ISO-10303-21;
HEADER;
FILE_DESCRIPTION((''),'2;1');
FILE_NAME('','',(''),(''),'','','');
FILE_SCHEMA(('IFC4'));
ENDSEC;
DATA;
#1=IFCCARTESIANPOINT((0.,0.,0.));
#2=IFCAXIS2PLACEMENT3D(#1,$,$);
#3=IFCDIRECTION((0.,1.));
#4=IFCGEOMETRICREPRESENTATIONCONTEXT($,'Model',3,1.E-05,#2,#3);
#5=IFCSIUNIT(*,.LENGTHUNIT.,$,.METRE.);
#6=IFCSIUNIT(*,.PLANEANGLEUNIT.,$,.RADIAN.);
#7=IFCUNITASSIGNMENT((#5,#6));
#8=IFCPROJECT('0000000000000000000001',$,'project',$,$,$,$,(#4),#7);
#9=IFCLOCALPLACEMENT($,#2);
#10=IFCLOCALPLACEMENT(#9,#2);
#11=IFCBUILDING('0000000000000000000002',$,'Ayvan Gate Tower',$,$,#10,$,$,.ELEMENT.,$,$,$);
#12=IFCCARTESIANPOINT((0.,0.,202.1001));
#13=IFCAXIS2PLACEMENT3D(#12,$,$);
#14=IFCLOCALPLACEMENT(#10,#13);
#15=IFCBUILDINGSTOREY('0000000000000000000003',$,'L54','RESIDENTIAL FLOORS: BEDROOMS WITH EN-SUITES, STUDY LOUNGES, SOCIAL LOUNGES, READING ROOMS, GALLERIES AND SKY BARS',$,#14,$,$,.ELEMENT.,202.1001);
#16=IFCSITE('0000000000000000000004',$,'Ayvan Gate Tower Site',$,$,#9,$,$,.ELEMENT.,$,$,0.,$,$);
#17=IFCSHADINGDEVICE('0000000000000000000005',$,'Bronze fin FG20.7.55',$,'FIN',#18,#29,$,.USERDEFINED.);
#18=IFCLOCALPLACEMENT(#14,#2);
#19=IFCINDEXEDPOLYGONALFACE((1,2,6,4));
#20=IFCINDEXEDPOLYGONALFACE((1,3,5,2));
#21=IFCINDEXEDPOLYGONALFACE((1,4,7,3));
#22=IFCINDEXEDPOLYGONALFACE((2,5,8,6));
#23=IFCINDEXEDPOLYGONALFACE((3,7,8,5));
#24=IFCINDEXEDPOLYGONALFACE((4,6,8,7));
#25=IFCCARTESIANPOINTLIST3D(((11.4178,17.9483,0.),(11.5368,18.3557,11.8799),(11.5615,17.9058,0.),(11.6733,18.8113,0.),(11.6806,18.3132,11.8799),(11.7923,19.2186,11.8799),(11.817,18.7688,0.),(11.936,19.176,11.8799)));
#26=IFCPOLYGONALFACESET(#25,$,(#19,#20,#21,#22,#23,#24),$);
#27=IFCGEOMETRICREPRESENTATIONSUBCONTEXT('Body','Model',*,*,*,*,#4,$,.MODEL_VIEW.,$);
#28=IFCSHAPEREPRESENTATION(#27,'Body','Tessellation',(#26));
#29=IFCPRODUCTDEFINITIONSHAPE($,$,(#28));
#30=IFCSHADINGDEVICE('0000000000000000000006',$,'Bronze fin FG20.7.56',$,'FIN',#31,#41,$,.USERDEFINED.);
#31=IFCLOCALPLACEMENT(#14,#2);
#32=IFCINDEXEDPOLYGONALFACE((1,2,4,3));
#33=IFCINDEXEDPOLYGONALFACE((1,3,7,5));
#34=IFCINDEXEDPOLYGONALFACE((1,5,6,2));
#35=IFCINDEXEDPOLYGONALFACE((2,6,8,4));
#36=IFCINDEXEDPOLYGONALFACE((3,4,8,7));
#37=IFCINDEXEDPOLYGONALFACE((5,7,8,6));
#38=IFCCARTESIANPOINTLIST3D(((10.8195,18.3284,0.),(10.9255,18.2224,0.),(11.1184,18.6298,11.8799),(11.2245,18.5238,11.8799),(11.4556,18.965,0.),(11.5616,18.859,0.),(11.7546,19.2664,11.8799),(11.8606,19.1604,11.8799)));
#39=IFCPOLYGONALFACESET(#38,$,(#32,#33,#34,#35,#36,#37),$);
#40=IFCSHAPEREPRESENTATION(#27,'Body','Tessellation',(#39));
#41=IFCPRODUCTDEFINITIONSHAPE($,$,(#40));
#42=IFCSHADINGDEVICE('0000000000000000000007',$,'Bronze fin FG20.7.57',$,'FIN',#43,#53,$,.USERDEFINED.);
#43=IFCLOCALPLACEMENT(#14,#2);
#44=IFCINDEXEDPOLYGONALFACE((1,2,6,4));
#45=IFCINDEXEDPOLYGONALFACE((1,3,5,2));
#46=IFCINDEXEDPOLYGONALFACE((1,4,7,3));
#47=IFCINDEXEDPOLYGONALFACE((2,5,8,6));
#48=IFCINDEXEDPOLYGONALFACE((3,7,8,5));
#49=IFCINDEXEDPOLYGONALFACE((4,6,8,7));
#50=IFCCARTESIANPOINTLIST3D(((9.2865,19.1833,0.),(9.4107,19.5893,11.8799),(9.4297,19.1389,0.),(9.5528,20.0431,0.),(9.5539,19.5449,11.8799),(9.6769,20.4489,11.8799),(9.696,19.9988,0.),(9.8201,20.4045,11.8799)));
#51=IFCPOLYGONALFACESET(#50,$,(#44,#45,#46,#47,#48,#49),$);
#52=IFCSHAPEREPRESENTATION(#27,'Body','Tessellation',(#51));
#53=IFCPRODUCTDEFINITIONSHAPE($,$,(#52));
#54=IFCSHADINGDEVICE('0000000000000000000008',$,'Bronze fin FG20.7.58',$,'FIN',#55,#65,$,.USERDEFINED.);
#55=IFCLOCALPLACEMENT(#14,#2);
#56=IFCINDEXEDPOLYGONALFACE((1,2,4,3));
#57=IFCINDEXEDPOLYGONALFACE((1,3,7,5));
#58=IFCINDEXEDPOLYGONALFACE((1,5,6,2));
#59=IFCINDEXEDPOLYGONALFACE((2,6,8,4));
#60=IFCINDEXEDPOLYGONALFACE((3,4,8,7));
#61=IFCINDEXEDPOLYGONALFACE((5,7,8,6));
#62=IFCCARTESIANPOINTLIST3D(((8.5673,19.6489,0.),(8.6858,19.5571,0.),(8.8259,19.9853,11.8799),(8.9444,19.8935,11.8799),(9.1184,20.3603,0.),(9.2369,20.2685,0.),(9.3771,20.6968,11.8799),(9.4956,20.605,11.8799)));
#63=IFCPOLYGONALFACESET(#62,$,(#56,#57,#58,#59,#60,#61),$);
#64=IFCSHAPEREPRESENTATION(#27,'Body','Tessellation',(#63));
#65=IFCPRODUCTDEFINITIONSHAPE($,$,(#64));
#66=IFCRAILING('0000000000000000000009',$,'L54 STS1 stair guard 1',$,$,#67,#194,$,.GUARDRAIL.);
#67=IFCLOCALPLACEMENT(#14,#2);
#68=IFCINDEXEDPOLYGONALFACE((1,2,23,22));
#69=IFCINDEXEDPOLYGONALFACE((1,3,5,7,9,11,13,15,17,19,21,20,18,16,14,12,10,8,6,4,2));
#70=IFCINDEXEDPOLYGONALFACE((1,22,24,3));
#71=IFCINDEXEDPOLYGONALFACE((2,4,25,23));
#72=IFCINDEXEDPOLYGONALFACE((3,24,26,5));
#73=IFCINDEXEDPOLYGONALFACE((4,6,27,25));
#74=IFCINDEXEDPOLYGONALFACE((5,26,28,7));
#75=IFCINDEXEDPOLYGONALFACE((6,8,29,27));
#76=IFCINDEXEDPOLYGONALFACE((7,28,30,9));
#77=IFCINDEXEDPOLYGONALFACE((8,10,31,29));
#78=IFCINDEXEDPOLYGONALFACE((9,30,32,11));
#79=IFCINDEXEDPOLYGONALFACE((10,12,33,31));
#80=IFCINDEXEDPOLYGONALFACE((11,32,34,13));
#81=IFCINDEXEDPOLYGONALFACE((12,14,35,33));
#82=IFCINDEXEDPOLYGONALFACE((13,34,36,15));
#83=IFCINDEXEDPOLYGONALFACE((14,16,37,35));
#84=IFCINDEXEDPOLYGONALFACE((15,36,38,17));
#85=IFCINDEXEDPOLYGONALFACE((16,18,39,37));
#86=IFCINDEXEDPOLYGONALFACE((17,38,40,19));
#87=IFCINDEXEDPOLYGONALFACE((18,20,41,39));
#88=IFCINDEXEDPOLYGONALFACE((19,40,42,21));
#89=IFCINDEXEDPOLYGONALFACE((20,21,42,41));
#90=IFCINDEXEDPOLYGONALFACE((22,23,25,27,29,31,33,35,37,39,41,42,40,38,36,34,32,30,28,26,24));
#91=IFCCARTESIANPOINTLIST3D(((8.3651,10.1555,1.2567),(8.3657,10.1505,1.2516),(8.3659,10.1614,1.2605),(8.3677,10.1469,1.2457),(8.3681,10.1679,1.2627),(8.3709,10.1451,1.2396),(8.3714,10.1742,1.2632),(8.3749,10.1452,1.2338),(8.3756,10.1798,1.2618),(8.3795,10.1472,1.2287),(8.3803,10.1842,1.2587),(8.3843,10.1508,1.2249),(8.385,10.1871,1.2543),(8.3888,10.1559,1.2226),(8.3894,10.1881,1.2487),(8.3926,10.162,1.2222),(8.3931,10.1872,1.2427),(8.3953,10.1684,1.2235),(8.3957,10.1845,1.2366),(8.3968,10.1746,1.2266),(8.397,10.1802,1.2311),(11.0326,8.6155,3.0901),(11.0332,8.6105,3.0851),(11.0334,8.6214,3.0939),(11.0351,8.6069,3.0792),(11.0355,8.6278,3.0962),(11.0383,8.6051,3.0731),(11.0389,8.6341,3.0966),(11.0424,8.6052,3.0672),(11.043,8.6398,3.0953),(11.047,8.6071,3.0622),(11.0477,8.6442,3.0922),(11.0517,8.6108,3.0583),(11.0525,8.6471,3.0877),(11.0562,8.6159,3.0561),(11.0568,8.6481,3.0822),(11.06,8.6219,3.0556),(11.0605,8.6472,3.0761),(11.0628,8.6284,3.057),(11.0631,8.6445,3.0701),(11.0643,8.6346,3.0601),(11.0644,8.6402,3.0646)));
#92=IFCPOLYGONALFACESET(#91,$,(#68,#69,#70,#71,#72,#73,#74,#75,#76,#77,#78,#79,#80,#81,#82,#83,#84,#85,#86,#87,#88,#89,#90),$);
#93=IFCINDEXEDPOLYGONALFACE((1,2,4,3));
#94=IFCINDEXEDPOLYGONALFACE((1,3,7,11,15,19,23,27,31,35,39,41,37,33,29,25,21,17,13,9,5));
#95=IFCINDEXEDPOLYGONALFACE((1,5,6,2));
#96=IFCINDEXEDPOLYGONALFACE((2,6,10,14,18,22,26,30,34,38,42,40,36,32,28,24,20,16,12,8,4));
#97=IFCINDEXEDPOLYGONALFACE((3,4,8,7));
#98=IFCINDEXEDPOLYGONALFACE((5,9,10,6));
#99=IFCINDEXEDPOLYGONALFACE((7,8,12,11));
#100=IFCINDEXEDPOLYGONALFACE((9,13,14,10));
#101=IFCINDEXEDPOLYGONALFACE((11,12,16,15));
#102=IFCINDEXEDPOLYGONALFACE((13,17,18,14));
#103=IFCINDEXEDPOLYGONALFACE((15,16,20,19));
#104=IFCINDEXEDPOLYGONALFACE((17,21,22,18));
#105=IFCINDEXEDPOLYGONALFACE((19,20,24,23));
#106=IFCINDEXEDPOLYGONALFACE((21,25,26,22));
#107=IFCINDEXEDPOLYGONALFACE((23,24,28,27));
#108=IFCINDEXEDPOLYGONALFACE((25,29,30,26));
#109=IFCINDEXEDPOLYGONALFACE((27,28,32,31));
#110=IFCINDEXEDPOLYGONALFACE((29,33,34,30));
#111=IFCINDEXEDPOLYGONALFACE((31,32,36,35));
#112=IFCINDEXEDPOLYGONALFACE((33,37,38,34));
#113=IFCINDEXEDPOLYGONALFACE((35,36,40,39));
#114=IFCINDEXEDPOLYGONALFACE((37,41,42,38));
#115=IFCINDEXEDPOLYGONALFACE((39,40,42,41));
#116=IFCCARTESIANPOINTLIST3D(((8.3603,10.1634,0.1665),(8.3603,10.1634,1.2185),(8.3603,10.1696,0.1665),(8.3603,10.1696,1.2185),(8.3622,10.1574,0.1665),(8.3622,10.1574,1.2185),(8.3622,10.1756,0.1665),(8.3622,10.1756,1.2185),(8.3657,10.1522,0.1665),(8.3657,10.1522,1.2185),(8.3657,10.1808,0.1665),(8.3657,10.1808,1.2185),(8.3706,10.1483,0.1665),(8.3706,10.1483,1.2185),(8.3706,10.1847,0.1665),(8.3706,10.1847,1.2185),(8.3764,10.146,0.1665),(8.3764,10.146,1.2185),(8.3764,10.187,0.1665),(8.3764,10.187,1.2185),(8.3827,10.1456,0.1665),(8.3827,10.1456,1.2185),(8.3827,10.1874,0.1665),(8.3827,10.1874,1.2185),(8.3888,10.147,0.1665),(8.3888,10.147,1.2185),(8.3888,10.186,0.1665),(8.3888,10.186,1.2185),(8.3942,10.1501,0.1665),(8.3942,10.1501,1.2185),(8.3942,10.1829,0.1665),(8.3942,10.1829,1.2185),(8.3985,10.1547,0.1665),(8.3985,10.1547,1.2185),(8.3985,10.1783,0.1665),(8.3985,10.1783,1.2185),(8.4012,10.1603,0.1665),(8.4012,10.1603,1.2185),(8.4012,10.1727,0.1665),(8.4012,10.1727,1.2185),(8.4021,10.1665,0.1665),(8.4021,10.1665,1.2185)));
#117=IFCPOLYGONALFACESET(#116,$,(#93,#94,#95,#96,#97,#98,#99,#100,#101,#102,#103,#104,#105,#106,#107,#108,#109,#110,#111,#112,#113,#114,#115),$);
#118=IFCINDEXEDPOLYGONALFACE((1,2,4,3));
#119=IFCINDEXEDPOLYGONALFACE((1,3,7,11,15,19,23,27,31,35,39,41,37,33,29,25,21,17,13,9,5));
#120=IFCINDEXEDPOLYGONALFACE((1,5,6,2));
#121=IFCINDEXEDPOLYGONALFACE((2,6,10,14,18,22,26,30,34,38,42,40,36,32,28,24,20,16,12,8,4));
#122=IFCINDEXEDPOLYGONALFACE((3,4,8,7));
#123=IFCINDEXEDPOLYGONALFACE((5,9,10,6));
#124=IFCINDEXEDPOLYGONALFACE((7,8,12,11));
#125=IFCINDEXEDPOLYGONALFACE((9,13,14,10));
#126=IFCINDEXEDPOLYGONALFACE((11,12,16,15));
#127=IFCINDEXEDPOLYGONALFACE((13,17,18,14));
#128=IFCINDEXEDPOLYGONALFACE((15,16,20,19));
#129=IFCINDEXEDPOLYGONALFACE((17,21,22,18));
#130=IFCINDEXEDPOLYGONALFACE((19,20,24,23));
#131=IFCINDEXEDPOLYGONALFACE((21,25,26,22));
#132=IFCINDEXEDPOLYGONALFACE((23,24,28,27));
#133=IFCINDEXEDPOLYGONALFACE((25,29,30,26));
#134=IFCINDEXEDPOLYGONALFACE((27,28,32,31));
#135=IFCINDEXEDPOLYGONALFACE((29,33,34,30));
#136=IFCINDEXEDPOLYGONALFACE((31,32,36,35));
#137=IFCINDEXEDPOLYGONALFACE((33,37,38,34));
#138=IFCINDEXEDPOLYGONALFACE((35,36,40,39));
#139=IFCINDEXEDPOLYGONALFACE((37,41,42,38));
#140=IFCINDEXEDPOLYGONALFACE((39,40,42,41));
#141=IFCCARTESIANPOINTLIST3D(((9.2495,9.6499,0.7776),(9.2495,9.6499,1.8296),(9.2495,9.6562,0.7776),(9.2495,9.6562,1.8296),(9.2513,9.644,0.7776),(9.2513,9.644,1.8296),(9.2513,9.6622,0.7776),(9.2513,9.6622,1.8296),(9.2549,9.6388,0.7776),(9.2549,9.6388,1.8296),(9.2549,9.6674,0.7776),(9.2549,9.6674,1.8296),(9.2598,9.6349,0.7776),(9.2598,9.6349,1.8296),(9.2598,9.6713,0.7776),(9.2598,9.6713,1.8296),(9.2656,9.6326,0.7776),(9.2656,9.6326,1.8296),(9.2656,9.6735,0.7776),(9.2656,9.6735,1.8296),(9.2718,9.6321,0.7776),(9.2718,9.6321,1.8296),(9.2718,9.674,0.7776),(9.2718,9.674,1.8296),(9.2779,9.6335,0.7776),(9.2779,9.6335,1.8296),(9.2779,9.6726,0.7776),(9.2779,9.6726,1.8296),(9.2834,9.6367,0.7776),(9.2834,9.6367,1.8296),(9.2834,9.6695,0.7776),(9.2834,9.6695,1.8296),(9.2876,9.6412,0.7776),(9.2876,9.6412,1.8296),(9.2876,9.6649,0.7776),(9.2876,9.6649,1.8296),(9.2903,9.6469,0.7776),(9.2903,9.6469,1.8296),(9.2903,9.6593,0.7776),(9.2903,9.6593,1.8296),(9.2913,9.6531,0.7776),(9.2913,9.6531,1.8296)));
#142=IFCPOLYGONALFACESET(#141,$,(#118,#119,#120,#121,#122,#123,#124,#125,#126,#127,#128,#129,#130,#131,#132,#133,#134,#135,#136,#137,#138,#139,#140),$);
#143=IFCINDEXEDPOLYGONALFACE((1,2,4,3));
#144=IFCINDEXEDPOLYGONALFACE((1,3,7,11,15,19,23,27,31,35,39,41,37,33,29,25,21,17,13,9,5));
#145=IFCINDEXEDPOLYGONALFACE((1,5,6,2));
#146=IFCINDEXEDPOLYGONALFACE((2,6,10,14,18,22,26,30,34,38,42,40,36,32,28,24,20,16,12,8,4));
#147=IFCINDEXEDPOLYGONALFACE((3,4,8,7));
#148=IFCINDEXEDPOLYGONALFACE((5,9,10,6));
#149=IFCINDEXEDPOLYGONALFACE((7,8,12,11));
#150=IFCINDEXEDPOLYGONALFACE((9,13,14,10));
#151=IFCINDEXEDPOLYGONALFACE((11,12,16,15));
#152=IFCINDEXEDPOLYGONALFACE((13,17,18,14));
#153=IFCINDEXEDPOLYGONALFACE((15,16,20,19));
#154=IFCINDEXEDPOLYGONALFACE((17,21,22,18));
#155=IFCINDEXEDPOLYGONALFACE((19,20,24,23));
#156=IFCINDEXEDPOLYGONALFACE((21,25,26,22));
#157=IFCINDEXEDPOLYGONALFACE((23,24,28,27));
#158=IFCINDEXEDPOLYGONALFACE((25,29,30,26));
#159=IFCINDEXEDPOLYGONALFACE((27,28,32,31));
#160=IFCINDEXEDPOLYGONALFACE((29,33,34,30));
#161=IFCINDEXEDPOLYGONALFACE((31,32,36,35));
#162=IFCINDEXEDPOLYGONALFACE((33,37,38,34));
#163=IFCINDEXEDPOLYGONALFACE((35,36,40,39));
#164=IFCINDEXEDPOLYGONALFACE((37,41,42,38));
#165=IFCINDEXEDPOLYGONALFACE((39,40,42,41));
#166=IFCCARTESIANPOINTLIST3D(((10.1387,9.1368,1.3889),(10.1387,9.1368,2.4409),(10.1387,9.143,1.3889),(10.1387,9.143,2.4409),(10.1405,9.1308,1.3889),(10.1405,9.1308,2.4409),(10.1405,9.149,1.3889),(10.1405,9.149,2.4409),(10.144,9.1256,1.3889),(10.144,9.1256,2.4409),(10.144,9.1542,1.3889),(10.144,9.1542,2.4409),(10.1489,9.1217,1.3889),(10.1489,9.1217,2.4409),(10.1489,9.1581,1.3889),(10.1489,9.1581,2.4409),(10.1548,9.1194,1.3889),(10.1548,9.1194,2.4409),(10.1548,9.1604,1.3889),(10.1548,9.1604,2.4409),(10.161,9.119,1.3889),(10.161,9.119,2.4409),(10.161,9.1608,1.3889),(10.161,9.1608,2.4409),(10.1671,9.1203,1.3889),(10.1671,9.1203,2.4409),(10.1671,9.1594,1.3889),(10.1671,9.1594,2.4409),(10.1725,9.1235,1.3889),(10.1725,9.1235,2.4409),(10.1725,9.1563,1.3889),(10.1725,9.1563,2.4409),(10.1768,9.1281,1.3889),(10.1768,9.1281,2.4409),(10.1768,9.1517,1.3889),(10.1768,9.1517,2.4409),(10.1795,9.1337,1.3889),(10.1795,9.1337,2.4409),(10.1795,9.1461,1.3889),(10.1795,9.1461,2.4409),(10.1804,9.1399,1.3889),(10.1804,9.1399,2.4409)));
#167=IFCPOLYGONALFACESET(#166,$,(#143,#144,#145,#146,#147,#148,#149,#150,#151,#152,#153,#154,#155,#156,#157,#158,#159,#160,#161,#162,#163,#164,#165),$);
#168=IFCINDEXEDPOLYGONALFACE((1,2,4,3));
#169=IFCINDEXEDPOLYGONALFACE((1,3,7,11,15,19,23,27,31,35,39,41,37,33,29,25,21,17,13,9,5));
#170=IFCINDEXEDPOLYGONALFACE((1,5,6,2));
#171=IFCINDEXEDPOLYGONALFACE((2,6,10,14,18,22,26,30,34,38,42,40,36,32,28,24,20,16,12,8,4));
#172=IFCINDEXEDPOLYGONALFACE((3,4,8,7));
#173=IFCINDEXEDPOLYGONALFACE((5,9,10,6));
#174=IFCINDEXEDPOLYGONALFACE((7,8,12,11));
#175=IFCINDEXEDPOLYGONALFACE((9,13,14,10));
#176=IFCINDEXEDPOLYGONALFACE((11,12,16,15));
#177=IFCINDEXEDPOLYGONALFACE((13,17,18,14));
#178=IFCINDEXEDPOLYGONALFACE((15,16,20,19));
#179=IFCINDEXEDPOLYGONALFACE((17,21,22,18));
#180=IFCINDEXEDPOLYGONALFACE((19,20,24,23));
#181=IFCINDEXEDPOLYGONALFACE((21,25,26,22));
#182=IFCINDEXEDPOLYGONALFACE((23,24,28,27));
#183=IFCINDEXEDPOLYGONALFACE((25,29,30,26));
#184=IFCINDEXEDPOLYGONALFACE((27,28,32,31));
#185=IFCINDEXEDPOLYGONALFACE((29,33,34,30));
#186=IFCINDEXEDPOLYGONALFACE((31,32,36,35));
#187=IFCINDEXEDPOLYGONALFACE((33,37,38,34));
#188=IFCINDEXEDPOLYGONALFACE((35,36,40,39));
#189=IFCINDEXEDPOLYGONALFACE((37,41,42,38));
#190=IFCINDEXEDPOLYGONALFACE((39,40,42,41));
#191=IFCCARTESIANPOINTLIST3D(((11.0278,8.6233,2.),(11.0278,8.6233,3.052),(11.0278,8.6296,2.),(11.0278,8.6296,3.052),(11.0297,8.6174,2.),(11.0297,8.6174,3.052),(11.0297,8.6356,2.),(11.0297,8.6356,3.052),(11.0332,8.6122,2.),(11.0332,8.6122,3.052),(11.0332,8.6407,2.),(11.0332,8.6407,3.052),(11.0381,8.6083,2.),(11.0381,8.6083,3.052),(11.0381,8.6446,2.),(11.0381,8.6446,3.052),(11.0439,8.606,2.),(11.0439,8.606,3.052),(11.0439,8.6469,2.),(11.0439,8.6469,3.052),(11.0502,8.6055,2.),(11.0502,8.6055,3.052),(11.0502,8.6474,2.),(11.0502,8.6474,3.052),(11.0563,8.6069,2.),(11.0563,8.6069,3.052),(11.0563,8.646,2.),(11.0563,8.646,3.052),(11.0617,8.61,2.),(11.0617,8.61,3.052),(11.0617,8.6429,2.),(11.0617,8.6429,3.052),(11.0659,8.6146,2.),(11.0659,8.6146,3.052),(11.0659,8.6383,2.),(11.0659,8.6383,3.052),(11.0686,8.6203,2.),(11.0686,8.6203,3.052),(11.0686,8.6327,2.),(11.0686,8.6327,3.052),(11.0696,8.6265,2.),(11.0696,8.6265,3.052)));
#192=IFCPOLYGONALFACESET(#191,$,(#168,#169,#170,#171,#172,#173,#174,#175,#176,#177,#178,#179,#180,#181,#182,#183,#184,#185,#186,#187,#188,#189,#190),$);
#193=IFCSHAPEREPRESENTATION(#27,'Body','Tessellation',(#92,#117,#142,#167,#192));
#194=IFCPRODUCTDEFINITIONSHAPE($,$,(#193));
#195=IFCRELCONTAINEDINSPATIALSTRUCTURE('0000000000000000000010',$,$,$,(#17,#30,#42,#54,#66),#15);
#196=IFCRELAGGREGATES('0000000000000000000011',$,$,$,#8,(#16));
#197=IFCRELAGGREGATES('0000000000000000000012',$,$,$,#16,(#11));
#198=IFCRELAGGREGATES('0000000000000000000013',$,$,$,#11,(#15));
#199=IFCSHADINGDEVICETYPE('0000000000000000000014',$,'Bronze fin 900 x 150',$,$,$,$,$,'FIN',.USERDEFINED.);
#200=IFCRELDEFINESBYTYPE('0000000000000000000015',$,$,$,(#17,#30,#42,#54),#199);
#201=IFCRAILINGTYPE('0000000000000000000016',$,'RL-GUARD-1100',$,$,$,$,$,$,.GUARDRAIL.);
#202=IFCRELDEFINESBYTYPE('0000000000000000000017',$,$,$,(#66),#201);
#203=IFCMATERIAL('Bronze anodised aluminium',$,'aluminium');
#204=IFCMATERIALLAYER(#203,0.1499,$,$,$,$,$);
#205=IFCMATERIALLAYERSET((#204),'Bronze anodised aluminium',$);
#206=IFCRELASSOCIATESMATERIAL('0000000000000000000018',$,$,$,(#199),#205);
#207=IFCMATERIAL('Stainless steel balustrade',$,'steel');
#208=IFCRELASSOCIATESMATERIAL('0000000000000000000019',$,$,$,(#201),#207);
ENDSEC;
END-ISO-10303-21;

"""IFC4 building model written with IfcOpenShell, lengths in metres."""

from ifc_helpers import new_model, si_unit, direction, frame, origin, origin_2d, place, context, subcontext, project, spatial, polyline, circle, outline, extrude, material, layer, layer_set, type_object, element, save


model = new_model("IFC4")

# Units and contexts
model_context = context("Model", 3, precision=1e-05, world=origin(), true_north=direction((0.0, 1.0)))
body_context = subcontext(model_context, "Body", "Model", "MODEL_VIEW")
ifc_project = project(units=[si_unit("LENGTHUNIT", "METRE"), si_unit("PLANEANGLEUNIT", "RADIAN")], contexts=[model_context])

# Site, building, storey
site_placement = place(None, origin())
site = spatial("IfcSite", under=ifc_project, at=site_placement, Name="Ayvan Gate Tower Site", CompositionType="ELEMENT", RefElevation=0.0)
building_placement = place(site_placement, origin())
building = spatial("IfcBuilding", under=site, at=building_placement, Name="Ayvan Gate Tower", CompositionType="ELEMENT")
storey_placement = place(building_placement, frame((0.0, 0.0, 202.1001)))
storey = spatial("IfcBuildingStorey", under=building, at=storey_placement, Name="L54", Description="RESIDENTIAL FLOORS: BEDROOMS WITH EN-SUITES, STUDY LOUNGES, SOCIAL LOUNGES, READING ROOMS, GALLERIES AND SKY BARS", CompositionType="ELEMENT", Elevation=202.1001)

# Shared definitions
ifc_material_1 = material(Name="Bronze anodised aluminium", Category="aluminium")

# Shading devices
ifc_layer_1 = layer(ifc_material_1, 0.1499)
ifc_layer_set_1 = layer_set([ifc_layer_1], Name="Bronze anodised aluminium")
shading_device_type = type_object("IfcShadingDeviceType", Name="Bronze fin 900 x 150", ElementType="FIN", PredefinedType="USERDEFINED", material=ifc_layer_set_1)
shading_device_1_placement = place(storey_placement, frame((11.5615, 17.9058, 0.0), z_axis=(0.958854, -0.283899, 0.000128), x_axis=(0.283899, 0.958854, 0.0)))
element("IfcShadingDevice", 1, at=shading_device_1_placement, inside=storey, type_object=shading_device_type, Name="Bronze fin FG20.7.55", ObjectType="FIN", PredefinedType="USERDEFINED", context=body_context, shape_type="SweptSolid", body=[
    extrude(outline(polyline([(0.0, 0.0), (0.9, 0.0), (1.3243, 11.8799), (0.4245, 11.8799), (0.0, 0.0)])), origin(), (0.0, 0.0, -1.0), 0.1499),
])
shading_device_2_placement = place(storey_placement, frame((10.9255, 18.2224, 0.0), z_axis=(0.707378, -0.706835, 0.000132), x_axis=(0.706835, 0.707378, 0.0)))
element("IfcShadingDevice", 2, at=shading_device_2_placement, inside=storey, type_object=shading_device_type, Name="Bronze fin FG20.7.56", ObjectType="FIN", PredefinedType="USERDEFINED", context=body_context, shape_type="SweptSolid", body=[
    extrude(outline(polyline([(0.0, 0.0), (0.8999, 0.0), (1.3244, 11.8799), (0.4245, 11.8799), (0.0, 0.0)])), origin(), (0.0, 0.0, -1.0), 0.1499),
])
shading_device_3_placement = place(storey_placement, frame((9.4297, 19.1389, 0.0), z_axis=(0.955247, -0.29581, 0.000124), x_axis=(0.29581, 0.955247, 0.0)))
element("IfcShadingDevice", 3, at=shading_device_3_placement, inside=storey, type_object=shading_device_type, Name="Bronze fin FG20.7.57", ObjectType="FIN", PredefinedType="USERDEFINED", context=body_context, shape_type="SweptSolid", body=[
    extrude(outline(polyline([(0.0, 0.0), (0.9002, 0.0), (1.3245, 11.8799), (0.4246, 11.8799), (0.0, 0.0)])), origin(), (0.0, 0.0, -1.0), 0.1499),
])
shading_device_4_placement = place(storey_placement, frame((8.6858, 19.5571, 0.0), z_axis=(0.790527, -0.612428, 0.000131), x_axis=(0.612428, 0.790527, 0.0)))
element("IfcShadingDevice", 4, at=shading_device_4_placement, inside=storey, type_object=shading_device_type, Name="Bronze fin FG20.7.58", ObjectType="FIN", PredefinedType="USERDEFINED", context=body_context, shape_type="SweptSolid", body=[
    extrude(outline(polyline([(0.0, 0.0), (0.8999, 0.0), (1.3243, 11.8799), (0.4243, 11.8799), (0.0, 0.0)])), origin(), (0.0, 0.0, -1.0), 0.1499),
])

# Railing
ifc_material_2 = material(Name="Stainless steel balustrade", Category="steel")
railing_type_1 = type_object("IfcRailingType", Name="RL-GUARD-1100", PredefinedType="GUARDRAIL", material=ifc_material_2)
railing_1_placement = place(storey_placement, frame((8.3811, 10.1665, 0.1665)))
element("IfcRailing", 5, at=railing_1_placement, inside=storey, type_object=railing_type_1, Name="L54 STS1 stair guard 1", PredefinedType="GUARDRAIL", context=body_context, shape_type="SweptSolid", body=[
    extrude(circle(Radius=0.0239, at=origin_2d()), frame((0.0, 0.0, 1.0762), z_axis=(0.744164, -0.429634, 0.511502), x_axis=(0.499992, 0.86603, 0.0)), (0.0, 0.0, 1.0), 3.5845),
    extrude(circle(Radius=0.021, at=origin_2d()), origin(), (0.0, 0.0, 1.0), 1.052),
    extrude(circle(Radius=0.021, at=origin_2d()), frame((0.8892, -0.5134, 0.6111)), (0.0, 0.0, 1.0), 1.052),
    extrude(circle(Radius=0.021, at=origin_2d()), frame((1.7783, -1.0266, 1.2224)), (0.0, 0.0, 1.0), 1.052),
    extrude(circle(Radius=0.021, at=origin_2d()), frame((2.6675, -1.54, 1.8335)), (0.0, 0.0, 1.0), 1.052),
])

save(model, "model.ifc")
